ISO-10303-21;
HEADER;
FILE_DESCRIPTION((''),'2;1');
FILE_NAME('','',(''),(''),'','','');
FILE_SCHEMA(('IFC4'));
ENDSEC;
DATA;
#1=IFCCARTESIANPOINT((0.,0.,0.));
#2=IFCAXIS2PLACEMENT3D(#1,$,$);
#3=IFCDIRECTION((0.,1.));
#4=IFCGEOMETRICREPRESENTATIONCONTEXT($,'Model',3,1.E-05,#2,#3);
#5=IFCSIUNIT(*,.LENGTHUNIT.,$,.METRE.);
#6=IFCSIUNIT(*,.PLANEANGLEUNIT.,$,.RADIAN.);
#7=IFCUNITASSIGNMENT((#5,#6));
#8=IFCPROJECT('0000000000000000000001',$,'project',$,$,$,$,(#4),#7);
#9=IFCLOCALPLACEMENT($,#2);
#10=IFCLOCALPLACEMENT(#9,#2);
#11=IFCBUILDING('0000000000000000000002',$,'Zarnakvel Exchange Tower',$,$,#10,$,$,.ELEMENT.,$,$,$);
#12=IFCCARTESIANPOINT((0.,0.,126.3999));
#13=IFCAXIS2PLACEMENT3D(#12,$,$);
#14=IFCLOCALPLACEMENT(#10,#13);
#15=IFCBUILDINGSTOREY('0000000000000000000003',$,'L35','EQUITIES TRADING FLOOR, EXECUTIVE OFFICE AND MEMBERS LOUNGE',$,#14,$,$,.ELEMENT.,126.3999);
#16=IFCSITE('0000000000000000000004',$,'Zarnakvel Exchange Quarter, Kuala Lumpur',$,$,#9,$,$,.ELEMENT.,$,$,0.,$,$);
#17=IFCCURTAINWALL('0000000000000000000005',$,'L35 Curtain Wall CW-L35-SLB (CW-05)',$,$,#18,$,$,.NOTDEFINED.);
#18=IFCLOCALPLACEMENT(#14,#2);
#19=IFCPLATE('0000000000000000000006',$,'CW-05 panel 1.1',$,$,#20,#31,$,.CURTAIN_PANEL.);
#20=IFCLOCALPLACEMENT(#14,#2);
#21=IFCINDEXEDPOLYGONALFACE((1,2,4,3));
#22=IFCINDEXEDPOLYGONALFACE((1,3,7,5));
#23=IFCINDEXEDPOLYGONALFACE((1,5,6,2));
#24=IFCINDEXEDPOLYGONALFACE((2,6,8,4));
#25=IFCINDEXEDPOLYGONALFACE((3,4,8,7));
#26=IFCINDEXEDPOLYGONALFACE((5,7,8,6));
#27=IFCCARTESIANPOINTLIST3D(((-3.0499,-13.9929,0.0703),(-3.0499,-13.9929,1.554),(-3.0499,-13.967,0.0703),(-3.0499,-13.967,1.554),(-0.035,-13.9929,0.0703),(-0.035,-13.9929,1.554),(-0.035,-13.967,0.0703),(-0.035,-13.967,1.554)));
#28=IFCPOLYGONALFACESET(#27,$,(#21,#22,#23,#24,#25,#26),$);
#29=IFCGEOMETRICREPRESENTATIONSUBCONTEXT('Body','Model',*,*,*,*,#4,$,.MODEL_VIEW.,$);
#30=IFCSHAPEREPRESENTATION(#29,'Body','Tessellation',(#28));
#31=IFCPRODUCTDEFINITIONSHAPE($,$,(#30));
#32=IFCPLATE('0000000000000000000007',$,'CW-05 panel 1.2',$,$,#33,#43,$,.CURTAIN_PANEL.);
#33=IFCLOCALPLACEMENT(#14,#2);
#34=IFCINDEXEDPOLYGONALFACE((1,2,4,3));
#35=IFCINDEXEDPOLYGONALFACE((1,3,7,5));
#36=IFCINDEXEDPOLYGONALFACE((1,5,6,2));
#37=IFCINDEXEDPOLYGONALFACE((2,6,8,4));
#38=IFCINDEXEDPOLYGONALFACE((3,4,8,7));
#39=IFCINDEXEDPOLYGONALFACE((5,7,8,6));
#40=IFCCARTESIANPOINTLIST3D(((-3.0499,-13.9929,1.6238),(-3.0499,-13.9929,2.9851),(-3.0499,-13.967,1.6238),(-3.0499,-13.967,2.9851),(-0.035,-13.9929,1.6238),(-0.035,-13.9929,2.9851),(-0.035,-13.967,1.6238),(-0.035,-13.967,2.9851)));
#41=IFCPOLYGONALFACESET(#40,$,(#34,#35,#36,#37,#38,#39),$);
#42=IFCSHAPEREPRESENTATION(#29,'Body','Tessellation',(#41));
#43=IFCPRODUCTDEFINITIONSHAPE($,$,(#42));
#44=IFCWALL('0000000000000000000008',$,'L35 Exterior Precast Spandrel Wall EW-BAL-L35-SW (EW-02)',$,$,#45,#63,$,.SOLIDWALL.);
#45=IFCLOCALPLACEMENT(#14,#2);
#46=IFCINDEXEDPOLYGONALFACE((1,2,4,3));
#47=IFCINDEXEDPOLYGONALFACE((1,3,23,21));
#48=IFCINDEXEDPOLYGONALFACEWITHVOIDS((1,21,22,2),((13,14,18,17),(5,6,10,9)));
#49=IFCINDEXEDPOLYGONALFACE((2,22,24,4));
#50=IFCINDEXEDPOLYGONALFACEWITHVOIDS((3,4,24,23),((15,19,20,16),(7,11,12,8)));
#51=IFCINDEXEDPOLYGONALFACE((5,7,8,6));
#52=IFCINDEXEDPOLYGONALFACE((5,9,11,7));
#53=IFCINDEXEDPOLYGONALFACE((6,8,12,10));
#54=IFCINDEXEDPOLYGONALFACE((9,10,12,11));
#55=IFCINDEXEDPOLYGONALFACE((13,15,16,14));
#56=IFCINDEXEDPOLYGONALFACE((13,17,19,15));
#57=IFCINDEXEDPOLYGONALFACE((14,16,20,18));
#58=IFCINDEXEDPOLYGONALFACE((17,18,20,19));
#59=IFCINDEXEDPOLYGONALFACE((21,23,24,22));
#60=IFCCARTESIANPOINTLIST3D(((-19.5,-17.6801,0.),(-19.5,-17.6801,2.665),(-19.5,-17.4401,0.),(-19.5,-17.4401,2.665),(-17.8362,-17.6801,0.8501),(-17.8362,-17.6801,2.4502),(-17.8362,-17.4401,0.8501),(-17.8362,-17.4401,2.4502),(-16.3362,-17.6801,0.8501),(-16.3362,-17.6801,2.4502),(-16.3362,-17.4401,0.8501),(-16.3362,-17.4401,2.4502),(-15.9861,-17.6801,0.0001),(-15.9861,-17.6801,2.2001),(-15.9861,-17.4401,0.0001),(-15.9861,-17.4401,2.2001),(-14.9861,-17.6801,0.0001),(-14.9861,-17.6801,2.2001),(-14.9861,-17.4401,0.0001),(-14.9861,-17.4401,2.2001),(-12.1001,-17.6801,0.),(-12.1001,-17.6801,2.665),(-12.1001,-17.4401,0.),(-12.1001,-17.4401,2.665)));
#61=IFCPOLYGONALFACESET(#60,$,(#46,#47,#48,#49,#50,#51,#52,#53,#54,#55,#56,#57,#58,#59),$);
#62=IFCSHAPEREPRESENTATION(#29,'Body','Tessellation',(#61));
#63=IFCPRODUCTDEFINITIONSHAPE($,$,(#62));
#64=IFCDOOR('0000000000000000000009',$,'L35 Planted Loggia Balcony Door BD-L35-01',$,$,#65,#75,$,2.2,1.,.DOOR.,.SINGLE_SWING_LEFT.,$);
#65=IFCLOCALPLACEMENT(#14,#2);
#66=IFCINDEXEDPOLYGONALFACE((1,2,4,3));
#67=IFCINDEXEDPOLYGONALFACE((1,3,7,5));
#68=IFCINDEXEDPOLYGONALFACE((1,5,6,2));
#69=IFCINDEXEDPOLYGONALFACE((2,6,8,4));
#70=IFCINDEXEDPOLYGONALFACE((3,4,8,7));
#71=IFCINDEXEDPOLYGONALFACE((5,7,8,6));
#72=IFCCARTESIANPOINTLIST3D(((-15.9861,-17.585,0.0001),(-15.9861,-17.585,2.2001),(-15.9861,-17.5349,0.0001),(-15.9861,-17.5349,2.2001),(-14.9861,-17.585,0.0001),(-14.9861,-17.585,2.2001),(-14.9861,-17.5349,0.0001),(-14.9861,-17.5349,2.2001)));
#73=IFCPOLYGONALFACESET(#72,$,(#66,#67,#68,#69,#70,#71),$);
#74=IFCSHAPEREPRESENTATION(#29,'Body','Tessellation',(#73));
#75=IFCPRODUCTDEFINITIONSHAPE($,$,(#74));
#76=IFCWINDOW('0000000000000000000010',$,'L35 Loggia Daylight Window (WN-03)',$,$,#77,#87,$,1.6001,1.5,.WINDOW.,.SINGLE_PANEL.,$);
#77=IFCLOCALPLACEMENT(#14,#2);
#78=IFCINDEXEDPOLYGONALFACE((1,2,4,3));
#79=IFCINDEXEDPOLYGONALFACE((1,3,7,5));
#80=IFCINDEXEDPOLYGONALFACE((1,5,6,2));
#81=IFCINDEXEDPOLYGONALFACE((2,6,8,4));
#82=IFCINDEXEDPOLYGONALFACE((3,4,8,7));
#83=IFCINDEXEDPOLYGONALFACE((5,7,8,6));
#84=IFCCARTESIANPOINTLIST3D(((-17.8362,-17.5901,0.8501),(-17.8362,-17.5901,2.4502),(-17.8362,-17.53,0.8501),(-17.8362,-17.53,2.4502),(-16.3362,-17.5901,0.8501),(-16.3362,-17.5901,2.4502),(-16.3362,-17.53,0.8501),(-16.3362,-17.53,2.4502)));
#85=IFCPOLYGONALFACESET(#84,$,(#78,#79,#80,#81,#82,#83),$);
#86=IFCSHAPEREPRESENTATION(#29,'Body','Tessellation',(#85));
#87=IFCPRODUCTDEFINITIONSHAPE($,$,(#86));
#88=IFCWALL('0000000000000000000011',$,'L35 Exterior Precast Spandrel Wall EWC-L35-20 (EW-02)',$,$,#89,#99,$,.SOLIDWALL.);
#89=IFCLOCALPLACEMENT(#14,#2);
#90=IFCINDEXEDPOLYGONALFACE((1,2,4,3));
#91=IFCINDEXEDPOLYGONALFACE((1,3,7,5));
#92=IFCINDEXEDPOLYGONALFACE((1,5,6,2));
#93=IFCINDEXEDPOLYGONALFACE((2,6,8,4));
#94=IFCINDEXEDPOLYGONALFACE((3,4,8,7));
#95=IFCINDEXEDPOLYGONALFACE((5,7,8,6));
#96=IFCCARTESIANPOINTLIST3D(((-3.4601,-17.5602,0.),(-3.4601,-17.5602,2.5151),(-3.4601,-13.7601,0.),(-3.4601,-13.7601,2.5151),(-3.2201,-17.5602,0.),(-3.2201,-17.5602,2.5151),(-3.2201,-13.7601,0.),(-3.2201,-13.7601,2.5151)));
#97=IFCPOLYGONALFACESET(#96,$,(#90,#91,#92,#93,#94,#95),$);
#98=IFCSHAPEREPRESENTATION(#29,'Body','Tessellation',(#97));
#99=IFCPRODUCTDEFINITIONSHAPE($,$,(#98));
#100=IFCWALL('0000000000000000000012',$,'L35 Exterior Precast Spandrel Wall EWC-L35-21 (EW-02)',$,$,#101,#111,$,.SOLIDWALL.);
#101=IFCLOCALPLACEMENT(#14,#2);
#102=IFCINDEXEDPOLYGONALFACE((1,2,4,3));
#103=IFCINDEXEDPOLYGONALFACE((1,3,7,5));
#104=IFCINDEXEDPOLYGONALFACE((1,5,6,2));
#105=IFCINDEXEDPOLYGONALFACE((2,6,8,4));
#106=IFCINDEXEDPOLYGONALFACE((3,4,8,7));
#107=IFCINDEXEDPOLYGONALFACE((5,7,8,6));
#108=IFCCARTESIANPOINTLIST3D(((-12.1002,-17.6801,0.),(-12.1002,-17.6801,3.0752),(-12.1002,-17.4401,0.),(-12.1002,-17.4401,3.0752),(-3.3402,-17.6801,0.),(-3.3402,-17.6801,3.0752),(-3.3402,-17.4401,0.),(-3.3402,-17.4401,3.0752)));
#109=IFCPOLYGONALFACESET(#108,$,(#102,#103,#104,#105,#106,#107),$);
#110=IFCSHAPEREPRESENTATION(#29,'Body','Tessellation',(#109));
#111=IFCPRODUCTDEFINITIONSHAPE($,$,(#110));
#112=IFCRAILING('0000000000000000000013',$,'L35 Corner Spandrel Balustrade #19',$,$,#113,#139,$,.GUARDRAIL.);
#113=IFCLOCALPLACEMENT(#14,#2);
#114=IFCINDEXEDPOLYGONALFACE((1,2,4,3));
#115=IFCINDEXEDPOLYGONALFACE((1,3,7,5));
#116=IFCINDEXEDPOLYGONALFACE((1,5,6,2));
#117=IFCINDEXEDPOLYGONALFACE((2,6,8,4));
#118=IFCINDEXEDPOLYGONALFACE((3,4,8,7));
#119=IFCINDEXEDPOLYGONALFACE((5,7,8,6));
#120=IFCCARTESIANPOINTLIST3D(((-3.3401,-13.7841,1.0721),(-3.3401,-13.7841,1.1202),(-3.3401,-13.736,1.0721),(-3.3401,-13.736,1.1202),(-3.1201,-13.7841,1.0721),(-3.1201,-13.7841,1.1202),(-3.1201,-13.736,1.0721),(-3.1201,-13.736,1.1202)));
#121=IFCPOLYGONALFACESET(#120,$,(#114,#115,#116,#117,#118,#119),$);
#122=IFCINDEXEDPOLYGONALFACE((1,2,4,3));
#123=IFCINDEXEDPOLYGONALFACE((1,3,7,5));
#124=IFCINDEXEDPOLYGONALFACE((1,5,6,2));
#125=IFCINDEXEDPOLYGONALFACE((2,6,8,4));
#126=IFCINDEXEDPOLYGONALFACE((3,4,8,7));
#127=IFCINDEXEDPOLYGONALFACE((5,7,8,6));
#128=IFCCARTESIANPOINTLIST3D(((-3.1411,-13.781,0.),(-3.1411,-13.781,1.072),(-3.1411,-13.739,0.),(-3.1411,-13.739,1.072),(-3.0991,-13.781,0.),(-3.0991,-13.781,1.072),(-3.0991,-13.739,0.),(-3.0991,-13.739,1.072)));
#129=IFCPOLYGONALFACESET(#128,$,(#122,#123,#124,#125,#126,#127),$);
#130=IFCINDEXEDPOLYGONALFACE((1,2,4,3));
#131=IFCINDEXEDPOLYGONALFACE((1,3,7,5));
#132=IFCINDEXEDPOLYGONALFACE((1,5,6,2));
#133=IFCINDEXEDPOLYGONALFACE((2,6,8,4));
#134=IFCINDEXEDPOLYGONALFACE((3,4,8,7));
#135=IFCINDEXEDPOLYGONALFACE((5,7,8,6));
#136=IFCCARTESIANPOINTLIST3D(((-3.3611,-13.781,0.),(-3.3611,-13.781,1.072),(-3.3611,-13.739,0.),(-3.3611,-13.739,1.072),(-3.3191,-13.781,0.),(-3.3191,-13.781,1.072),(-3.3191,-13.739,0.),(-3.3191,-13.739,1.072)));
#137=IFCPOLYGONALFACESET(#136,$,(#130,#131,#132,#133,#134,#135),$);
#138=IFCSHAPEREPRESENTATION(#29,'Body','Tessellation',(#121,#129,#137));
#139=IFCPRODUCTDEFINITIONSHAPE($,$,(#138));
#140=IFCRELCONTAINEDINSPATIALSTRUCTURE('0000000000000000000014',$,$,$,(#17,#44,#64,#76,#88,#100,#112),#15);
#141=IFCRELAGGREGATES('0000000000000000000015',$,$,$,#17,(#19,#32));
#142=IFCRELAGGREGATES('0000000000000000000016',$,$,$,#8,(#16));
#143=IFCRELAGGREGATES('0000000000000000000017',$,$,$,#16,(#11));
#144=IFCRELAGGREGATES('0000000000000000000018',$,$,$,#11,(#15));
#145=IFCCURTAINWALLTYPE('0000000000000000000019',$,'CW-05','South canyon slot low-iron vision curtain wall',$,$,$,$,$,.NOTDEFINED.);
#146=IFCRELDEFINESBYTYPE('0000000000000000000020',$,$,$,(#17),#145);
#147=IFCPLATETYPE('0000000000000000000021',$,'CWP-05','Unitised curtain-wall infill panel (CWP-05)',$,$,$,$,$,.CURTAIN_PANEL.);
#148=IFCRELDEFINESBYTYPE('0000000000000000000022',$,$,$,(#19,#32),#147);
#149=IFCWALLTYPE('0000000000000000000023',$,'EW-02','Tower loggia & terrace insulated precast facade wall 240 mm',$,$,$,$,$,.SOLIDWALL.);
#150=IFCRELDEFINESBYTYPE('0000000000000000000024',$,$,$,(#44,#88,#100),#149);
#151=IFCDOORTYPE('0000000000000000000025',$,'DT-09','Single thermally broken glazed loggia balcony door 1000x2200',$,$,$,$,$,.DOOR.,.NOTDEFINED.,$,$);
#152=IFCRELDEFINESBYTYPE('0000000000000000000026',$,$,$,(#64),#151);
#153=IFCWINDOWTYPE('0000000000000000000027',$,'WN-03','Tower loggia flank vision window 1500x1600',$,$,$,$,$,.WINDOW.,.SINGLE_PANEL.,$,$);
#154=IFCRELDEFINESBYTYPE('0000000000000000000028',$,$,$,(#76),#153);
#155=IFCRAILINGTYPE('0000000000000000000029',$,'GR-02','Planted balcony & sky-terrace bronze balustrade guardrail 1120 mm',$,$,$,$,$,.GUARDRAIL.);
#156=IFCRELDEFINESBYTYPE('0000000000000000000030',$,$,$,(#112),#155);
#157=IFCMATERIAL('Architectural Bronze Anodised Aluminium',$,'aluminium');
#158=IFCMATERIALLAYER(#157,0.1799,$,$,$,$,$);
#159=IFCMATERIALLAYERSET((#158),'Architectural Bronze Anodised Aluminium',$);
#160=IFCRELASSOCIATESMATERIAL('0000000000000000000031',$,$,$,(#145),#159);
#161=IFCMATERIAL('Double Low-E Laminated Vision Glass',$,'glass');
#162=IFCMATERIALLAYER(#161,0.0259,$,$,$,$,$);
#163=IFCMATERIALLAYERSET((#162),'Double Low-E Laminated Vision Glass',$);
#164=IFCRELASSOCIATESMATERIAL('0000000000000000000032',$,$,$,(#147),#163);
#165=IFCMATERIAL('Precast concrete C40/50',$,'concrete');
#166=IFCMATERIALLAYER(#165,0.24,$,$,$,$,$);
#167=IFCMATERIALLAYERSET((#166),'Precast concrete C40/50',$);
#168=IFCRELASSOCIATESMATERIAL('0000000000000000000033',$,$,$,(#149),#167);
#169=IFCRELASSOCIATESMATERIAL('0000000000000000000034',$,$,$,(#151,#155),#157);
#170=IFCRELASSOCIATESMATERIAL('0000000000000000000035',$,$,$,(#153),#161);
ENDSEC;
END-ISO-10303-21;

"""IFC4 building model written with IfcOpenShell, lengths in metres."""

from ifc_helpers import new_model, si_unit, direction, frame, frame_2d, origin, origin_2d, place, context, subcontext, project, spatial, rectangle, extrude, source, transform, mapped, material, layer, layer_set, type_object, element, fill, aggregate, save


model = new_model("IFC4")

# Units and contexts
model_context = context("Model", 3, precision=1e-05, world=origin(), true_north=direction((0.0, 1.0)))
body_context = subcontext(model_context, "Body", "Model", "MODEL_VIEW")
ifc_project = project(units=[si_unit("LENGTHUNIT", "METRE"), si_unit("PLANEANGLEUNIT", "RADIAN")], contexts=[model_context])

# Site, building, storey
site_placement = place(None, origin())
site = spatial("IfcSite", under=ifc_project, at=site_placement, Name="Zarnakvel Exchange Quarter, Kuala Lumpur", CompositionType="ELEMENT", RefElevation=0.0)
building_placement = place(site_placement, origin())
building = spatial("IfcBuilding", under=site, at=building_placement, Name="Zarnakvel Exchange Tower", CompositionType="ELEMENT")
storey_placement = place(building_placement, frame((0.0, 0.0, 126.3999)))
storey = spatial("IfcBuildingStorey", under=building, at=storey_placement, Name="L35", Description="EQUITIES TRADING FLOOR, EXECUTIVE OFFICE AND MEMBERS LOUNGE", CompositionType="ELEMENT", Elevation=126.3999)

# Curtain wall
ifc_material_1 = material(Name="Architectural Bronze Anodised Aluminium", Category="aluminium")
ifc_layer_1 = layer(ifc_material_1, 0.1799)
ifc_layer_set_1 = layer_set([ifc_layer_1], Name="Architectural Bronze Anodised Aluminium")
curtain_wall_type = type_object("IfcCurtainWallType", Name="CW-05", Description="South canyon slot low-iron vision curtain wall", PredefinedType="NOTDEFINED", material=ifc_layer_set_1)
curtain_wall_1_placement = place(storey_placement, origin())
curtain_wall_1 = element("IfcCurtainWall", 1, at=curtain_wall_1_placement, inside=storey, type_object=curtain_wall_type, Name="L35 Curtain Wall CW-L35-SLB (CW-05)", PredefinedType="NOTDEFINED")

# Plates
ifc_material_2 = material(Name="Double Low-E Laminated Vision Glass", Category="glass")
ifc_layer_2 = layer(ifc_material_2, 0.0259)
ifc_layer_set_2 = layer_set([ifc_layer_2], Name="Double Low-E Laminated Vision Glass")
plate_type = type_object("IfcPlateType", Name="CWP-05", Description="Unitised curtain-wall infill panel (CWP-05)", PredefinedType="CURTAIN_PANEL", material=ifc_layer_set_2)
shared_shape_1 = source(origin(), body_context, "Body", "SweptSolid", [
    extrude(rectangle(XDim=3.0149, YDim=0.0259, at=origin_2d()), origin(), (0.0, 0.0, 1.0), 1.4836),
])
plate_1_placement = place(storey_placement, frame((-1.5425, -13.98, 0.0703), z_axis=(0.0, 0.0, 1.0), x_axis=(1.0, 0.0, 0.0)))
plate_1 = element("IfcPlate", 2, at=plate_1_placement, type_object=plate_type, Name="CW-05 panel 1.1", PredefinedType="CURTAIN_PANEL", context=body_context, shape_type="MappedRepresentation", body=[
    mapped(shared_shape_1, transform((0.0, 0.0, 0.0), x_axis=(1.0, 0.0, 0.0), y_axis=(0.0, 1.0, 0.0), z_axis=(0.0, 0.0, 1.0), scale=1.0)),
])
shared_shape_2 = source(origin(), body_context, "Body", "SweptSolid", [
    extrude(rectangle(XDim=3.0149, YDim=0.0259, at=origin_2d()), origin(), (0.0, 0.0, 1.0), 1.3613),
])
plate_2_placement = place(storey_placement, frame((-1.5425, -13.98, 1.6238), z_axis=(0.0, 0.0, 1.0), x_axis=(1.0, 0.0, 0.0)))
plate_2 = element("IfcPlate", 3, at=plate_2_placement, type_object=plate_type, Name="CW-05 panel 1.2", PredefinedType="CURTAIN_PANEL", context=body_context, shape_type="MappedRepresentation", body=[
    mapped(shared_shape_2, transform((0.0, 0.0, 0.0), x_axis=(1.0, 0.0, 0.0), y_axis=(0.0, 1.0, 0.0), z_axis=(0.0, 0.0, 1.0), scale=1.0)),
])
aggregate(curtain_wall_1, [plate_1, plate_2])

# Wall, openings, door, window
ifc_material_3 = material(Name="Precast concrete C40/50", Category="concrete")
ifc_layer_3 = layer(ifc_material_3, 0.24)
ifc_layer_set_3 = layer_set([ifc_layer_3], Name="Precast concrete C40/50")
wall_type = type_object("IfcWallType", Name="EW-02", Description="Tower loggia & terrace insulated precast facade wall 240 mm", PredefinedType="SOLIDWALL", material=ifc_layer_set_3)
wall_1_placement = place(storey_placement, frame((-12.1001, -17.5601, 0.0), z_axis=(0.0, 0.0, 1.0), x_axis=(-1.0, 0.0, 0.0)))
wall_1 = element("IfcWall", 4, at=wall_1_placement, inside=storey, type_object=wall_type, Name="L35 Exterior Precast Spandrel Wall EW-BAL-L35-SW (EW-02)", PredefinedType="SOLIDWALL", context=body_context, shape_type="SweptSolid", body=[
    extrude(rectangle(XDim=7.3999, YDim=0.24, at=frame_2d((3.7, 0.0))), origin(), (0.0, 0.0, 1.0), 2.665),
])
opening_1_placement = place(wall_1_placement, frame((2.886, 0.0, 0.0)))
opening_1 = element("IfcOpeningElement", 5, at=opening_1_placement, cuts=wall_1, PredefinedType="OPENING", context=body_context, shape_type="SweptSolid", body=[
    extrude(rectangle(XDim=1.0, YDim=2.2, at=frame_2d((0.5, 1.1001))), frame((0.0, 0.1299, 0.0), z_axis=(0.0, -1.0, 0.0), x_axis=(1.0, 0.0, 0.0)), (0.0, 0.0, 1.0), 0.26),
])
opening_2_placement = place(wall_1_placement, frame((4.2361, 0.0, 0.8501)))
opening_2 = element("IfcOpeningElement", 6, at=opening_2_placement, cuts=wall_1, PredefinedType="OPENING", context=body_context, shape_type="SweptSolid", body=[
    extrude(rectangle(XDim=1.5, YDim=1.6001, at=frame_2d((0.75, 0.8))), frame((0.0, 0.1299, 0.0), z_axis=(0.0, -1.0, 0.0), x_axis=(1.0, 0.0, 0.0)), (0.0, 0.0, 1.0), 0.26),
])
door_type = type_object("IfcDoorType", Name="DT-09", Description="Single thermally broken glazed loggia balcony door 1000x2200", OperationType="NOTDEFINED", PredefinedType="DOOR", material=ifc_material_1)
shared_shape_3 = source(origin(), body_context, "Body", "SweptSolid", [
    extrude(rectangle(XDim=1.0, YDim=2.2, at=frame_2d((0.5, 1.1001))), frame((0.0, 0.0249, 0.0), z_axis=(0.0, -1.0, 0.0), x_axis=(1.0, 0.0, 0.0)), (0.0, 0.0, 1.0), 0.05),
])
door_placement = place(opening_1_placement, origin())
door = element("IfcDoor", 7, at=door_placement, inside=storey, type_object=door_type, Name="L35 Planted Loggia Balcony Door BD-L35-01", OperationType="SINGLE_SWING_LEFT", OverallHeight=2.2, OverallWidth=1.0, PredefinedType="DOOR", context=body_context, shape_type="MappedRepresentation", body=[
    mapped(shared_shape_3, transform((0.0, 0.0, 0.0), x_axis=(1.0, 0.0, 0.0), y_axis=(0.0, 1.0, 0.0), z_axis=(0.0, 0.0, 1.0), scale=1.0)),
])
fill(opening_1, door)
window_type = type_object("IfcWindowType", Name="WN-03", Description="Tower loggia flank vision window 1500x1600", PartitioningType="SINGLE_PANEL", PredefinedType="WINDOW", material=ifc_material_2)
shared_shape_4 = source(origin(), body_context, "Body", "SweptSolid", [
    extrude(rectangle(XDim=1.5, YDim=1.6001, at=frame_2d((0.75, 0.8))), frame((0.0, 0.03, 0.0), z_axis=(0.0, -1.0, 0.0), x_axis=(1.0, 0.0, 0.0)), (0.0, 0.0, 1.0), 0.0601),
])
window_placement = place(opening_2_placement, origin())
window = element("IfcWindow", 8, at=window_placement, inside=storey, type_object=window_type, Name="L35 Loggia Daylight Window (WN-03)", OverallHeight=1.6001, OverallWidth=1.5, PartitioningType="SINGLE_PANEL", PredefinedType="WINDOW", context=body_context, shape_type="MappedRepresentation", body=[
    mapped(shared_shape_4, transform((0.0, 0.0, 0.0), x_axis=(1.0, 0.0, 0.0), y_axis=(0.0, 1.0, 0.0), z_axis=(0.0, 0.0, 1.0), scale=1.0)),
])
fill(opening_2, window)

# Walls
wall_2_placement = place(storey_placement, frame((-3.3401, -17.5601, 0.0), z_axis=(0.0, 0.0, 1.0), x_axis=(0.0, 1.0, 0.0)))
element("IfcWall", 9, at=wall_2_placement, inside=storey, type_object=wall_type, Name="L35 Exterior Precast Spandrel Wall EWC-L35-20 (EW-02)", PredefinedType="SOLIDWALL", context=body_context, shape_type="SweptSolid", body=[
    extrude(rectangle(XDim=3.8, YDim=0.24, at=frame_2d((1.8999, 0.0))), origin(), (0.0, 0.0, 1.0), 2.5151),
])
wall_3_placement = place(storey_placement, frame((-12.1001, -17.5601, 0.0), z_axis=(0.0, 0.0, 1.0), x_axis=(1.0, 0.0, 0.0)))
element("IfcWall", 10, at=wall_3_placement, inside=storey, type_object=wall_type, Name="L35 Exterior Precast Spandrel Wall EWC-L35-21 (EW-02)", PredefinedType="SOLIDWALL", context=body_context, shape_type="SweptSolid", body=[
    extrude(rectangle(XDim=8.76, YDim=0.24, at=frame_2d((4.3799, 0.0))), origin(), (0.0, 0.0, 1.0), 3.0752),
])

# Railing
railing_type_1 = type_object("IfcRailingType", Name="GR-02", Description="Planted balcony & sky-terrace bronze balustrade guardrail 1120 mm", PredefinedType="GUARDRAIL", material=ifc_material_1)
railing_1_placement = place(storey_placement, frame((-3.1201, -13.76, 0.0)))
element("IfcRailing", 11, at=railing_1_placement, inside=storey, type_object=railing_type_1, Name="L35 Corner Spandrel Balustrade #19", PredefinedType="GUARDRAIL", context=body_context, shape_type="SweptSolid", body=[
    extrude(rectangle(XDim=0.0481, YDim=0.0481, at=origin_2d()), frame((0.0, 0.0, 1.0962), z_axis=(-1.0, 0.0, 0.0), x_axis=(0.0, -1.0, 0.0)), (0.0, 0.0, 1.0), 0.22),
    extrude(rectangle(XDim=0.042, YDim=0.042, at=origin_2d()), origin(), (0.0, 0.0, 1.0), 1.072),
    extrude(rectangle(XDim=0.042, YDim=0.042, at=origin_2d()), frame((-0.22, 0.0, 0.0)), (0.0, 0.0, 1.0), 1.072),
])

save(model, "model.ifc")
